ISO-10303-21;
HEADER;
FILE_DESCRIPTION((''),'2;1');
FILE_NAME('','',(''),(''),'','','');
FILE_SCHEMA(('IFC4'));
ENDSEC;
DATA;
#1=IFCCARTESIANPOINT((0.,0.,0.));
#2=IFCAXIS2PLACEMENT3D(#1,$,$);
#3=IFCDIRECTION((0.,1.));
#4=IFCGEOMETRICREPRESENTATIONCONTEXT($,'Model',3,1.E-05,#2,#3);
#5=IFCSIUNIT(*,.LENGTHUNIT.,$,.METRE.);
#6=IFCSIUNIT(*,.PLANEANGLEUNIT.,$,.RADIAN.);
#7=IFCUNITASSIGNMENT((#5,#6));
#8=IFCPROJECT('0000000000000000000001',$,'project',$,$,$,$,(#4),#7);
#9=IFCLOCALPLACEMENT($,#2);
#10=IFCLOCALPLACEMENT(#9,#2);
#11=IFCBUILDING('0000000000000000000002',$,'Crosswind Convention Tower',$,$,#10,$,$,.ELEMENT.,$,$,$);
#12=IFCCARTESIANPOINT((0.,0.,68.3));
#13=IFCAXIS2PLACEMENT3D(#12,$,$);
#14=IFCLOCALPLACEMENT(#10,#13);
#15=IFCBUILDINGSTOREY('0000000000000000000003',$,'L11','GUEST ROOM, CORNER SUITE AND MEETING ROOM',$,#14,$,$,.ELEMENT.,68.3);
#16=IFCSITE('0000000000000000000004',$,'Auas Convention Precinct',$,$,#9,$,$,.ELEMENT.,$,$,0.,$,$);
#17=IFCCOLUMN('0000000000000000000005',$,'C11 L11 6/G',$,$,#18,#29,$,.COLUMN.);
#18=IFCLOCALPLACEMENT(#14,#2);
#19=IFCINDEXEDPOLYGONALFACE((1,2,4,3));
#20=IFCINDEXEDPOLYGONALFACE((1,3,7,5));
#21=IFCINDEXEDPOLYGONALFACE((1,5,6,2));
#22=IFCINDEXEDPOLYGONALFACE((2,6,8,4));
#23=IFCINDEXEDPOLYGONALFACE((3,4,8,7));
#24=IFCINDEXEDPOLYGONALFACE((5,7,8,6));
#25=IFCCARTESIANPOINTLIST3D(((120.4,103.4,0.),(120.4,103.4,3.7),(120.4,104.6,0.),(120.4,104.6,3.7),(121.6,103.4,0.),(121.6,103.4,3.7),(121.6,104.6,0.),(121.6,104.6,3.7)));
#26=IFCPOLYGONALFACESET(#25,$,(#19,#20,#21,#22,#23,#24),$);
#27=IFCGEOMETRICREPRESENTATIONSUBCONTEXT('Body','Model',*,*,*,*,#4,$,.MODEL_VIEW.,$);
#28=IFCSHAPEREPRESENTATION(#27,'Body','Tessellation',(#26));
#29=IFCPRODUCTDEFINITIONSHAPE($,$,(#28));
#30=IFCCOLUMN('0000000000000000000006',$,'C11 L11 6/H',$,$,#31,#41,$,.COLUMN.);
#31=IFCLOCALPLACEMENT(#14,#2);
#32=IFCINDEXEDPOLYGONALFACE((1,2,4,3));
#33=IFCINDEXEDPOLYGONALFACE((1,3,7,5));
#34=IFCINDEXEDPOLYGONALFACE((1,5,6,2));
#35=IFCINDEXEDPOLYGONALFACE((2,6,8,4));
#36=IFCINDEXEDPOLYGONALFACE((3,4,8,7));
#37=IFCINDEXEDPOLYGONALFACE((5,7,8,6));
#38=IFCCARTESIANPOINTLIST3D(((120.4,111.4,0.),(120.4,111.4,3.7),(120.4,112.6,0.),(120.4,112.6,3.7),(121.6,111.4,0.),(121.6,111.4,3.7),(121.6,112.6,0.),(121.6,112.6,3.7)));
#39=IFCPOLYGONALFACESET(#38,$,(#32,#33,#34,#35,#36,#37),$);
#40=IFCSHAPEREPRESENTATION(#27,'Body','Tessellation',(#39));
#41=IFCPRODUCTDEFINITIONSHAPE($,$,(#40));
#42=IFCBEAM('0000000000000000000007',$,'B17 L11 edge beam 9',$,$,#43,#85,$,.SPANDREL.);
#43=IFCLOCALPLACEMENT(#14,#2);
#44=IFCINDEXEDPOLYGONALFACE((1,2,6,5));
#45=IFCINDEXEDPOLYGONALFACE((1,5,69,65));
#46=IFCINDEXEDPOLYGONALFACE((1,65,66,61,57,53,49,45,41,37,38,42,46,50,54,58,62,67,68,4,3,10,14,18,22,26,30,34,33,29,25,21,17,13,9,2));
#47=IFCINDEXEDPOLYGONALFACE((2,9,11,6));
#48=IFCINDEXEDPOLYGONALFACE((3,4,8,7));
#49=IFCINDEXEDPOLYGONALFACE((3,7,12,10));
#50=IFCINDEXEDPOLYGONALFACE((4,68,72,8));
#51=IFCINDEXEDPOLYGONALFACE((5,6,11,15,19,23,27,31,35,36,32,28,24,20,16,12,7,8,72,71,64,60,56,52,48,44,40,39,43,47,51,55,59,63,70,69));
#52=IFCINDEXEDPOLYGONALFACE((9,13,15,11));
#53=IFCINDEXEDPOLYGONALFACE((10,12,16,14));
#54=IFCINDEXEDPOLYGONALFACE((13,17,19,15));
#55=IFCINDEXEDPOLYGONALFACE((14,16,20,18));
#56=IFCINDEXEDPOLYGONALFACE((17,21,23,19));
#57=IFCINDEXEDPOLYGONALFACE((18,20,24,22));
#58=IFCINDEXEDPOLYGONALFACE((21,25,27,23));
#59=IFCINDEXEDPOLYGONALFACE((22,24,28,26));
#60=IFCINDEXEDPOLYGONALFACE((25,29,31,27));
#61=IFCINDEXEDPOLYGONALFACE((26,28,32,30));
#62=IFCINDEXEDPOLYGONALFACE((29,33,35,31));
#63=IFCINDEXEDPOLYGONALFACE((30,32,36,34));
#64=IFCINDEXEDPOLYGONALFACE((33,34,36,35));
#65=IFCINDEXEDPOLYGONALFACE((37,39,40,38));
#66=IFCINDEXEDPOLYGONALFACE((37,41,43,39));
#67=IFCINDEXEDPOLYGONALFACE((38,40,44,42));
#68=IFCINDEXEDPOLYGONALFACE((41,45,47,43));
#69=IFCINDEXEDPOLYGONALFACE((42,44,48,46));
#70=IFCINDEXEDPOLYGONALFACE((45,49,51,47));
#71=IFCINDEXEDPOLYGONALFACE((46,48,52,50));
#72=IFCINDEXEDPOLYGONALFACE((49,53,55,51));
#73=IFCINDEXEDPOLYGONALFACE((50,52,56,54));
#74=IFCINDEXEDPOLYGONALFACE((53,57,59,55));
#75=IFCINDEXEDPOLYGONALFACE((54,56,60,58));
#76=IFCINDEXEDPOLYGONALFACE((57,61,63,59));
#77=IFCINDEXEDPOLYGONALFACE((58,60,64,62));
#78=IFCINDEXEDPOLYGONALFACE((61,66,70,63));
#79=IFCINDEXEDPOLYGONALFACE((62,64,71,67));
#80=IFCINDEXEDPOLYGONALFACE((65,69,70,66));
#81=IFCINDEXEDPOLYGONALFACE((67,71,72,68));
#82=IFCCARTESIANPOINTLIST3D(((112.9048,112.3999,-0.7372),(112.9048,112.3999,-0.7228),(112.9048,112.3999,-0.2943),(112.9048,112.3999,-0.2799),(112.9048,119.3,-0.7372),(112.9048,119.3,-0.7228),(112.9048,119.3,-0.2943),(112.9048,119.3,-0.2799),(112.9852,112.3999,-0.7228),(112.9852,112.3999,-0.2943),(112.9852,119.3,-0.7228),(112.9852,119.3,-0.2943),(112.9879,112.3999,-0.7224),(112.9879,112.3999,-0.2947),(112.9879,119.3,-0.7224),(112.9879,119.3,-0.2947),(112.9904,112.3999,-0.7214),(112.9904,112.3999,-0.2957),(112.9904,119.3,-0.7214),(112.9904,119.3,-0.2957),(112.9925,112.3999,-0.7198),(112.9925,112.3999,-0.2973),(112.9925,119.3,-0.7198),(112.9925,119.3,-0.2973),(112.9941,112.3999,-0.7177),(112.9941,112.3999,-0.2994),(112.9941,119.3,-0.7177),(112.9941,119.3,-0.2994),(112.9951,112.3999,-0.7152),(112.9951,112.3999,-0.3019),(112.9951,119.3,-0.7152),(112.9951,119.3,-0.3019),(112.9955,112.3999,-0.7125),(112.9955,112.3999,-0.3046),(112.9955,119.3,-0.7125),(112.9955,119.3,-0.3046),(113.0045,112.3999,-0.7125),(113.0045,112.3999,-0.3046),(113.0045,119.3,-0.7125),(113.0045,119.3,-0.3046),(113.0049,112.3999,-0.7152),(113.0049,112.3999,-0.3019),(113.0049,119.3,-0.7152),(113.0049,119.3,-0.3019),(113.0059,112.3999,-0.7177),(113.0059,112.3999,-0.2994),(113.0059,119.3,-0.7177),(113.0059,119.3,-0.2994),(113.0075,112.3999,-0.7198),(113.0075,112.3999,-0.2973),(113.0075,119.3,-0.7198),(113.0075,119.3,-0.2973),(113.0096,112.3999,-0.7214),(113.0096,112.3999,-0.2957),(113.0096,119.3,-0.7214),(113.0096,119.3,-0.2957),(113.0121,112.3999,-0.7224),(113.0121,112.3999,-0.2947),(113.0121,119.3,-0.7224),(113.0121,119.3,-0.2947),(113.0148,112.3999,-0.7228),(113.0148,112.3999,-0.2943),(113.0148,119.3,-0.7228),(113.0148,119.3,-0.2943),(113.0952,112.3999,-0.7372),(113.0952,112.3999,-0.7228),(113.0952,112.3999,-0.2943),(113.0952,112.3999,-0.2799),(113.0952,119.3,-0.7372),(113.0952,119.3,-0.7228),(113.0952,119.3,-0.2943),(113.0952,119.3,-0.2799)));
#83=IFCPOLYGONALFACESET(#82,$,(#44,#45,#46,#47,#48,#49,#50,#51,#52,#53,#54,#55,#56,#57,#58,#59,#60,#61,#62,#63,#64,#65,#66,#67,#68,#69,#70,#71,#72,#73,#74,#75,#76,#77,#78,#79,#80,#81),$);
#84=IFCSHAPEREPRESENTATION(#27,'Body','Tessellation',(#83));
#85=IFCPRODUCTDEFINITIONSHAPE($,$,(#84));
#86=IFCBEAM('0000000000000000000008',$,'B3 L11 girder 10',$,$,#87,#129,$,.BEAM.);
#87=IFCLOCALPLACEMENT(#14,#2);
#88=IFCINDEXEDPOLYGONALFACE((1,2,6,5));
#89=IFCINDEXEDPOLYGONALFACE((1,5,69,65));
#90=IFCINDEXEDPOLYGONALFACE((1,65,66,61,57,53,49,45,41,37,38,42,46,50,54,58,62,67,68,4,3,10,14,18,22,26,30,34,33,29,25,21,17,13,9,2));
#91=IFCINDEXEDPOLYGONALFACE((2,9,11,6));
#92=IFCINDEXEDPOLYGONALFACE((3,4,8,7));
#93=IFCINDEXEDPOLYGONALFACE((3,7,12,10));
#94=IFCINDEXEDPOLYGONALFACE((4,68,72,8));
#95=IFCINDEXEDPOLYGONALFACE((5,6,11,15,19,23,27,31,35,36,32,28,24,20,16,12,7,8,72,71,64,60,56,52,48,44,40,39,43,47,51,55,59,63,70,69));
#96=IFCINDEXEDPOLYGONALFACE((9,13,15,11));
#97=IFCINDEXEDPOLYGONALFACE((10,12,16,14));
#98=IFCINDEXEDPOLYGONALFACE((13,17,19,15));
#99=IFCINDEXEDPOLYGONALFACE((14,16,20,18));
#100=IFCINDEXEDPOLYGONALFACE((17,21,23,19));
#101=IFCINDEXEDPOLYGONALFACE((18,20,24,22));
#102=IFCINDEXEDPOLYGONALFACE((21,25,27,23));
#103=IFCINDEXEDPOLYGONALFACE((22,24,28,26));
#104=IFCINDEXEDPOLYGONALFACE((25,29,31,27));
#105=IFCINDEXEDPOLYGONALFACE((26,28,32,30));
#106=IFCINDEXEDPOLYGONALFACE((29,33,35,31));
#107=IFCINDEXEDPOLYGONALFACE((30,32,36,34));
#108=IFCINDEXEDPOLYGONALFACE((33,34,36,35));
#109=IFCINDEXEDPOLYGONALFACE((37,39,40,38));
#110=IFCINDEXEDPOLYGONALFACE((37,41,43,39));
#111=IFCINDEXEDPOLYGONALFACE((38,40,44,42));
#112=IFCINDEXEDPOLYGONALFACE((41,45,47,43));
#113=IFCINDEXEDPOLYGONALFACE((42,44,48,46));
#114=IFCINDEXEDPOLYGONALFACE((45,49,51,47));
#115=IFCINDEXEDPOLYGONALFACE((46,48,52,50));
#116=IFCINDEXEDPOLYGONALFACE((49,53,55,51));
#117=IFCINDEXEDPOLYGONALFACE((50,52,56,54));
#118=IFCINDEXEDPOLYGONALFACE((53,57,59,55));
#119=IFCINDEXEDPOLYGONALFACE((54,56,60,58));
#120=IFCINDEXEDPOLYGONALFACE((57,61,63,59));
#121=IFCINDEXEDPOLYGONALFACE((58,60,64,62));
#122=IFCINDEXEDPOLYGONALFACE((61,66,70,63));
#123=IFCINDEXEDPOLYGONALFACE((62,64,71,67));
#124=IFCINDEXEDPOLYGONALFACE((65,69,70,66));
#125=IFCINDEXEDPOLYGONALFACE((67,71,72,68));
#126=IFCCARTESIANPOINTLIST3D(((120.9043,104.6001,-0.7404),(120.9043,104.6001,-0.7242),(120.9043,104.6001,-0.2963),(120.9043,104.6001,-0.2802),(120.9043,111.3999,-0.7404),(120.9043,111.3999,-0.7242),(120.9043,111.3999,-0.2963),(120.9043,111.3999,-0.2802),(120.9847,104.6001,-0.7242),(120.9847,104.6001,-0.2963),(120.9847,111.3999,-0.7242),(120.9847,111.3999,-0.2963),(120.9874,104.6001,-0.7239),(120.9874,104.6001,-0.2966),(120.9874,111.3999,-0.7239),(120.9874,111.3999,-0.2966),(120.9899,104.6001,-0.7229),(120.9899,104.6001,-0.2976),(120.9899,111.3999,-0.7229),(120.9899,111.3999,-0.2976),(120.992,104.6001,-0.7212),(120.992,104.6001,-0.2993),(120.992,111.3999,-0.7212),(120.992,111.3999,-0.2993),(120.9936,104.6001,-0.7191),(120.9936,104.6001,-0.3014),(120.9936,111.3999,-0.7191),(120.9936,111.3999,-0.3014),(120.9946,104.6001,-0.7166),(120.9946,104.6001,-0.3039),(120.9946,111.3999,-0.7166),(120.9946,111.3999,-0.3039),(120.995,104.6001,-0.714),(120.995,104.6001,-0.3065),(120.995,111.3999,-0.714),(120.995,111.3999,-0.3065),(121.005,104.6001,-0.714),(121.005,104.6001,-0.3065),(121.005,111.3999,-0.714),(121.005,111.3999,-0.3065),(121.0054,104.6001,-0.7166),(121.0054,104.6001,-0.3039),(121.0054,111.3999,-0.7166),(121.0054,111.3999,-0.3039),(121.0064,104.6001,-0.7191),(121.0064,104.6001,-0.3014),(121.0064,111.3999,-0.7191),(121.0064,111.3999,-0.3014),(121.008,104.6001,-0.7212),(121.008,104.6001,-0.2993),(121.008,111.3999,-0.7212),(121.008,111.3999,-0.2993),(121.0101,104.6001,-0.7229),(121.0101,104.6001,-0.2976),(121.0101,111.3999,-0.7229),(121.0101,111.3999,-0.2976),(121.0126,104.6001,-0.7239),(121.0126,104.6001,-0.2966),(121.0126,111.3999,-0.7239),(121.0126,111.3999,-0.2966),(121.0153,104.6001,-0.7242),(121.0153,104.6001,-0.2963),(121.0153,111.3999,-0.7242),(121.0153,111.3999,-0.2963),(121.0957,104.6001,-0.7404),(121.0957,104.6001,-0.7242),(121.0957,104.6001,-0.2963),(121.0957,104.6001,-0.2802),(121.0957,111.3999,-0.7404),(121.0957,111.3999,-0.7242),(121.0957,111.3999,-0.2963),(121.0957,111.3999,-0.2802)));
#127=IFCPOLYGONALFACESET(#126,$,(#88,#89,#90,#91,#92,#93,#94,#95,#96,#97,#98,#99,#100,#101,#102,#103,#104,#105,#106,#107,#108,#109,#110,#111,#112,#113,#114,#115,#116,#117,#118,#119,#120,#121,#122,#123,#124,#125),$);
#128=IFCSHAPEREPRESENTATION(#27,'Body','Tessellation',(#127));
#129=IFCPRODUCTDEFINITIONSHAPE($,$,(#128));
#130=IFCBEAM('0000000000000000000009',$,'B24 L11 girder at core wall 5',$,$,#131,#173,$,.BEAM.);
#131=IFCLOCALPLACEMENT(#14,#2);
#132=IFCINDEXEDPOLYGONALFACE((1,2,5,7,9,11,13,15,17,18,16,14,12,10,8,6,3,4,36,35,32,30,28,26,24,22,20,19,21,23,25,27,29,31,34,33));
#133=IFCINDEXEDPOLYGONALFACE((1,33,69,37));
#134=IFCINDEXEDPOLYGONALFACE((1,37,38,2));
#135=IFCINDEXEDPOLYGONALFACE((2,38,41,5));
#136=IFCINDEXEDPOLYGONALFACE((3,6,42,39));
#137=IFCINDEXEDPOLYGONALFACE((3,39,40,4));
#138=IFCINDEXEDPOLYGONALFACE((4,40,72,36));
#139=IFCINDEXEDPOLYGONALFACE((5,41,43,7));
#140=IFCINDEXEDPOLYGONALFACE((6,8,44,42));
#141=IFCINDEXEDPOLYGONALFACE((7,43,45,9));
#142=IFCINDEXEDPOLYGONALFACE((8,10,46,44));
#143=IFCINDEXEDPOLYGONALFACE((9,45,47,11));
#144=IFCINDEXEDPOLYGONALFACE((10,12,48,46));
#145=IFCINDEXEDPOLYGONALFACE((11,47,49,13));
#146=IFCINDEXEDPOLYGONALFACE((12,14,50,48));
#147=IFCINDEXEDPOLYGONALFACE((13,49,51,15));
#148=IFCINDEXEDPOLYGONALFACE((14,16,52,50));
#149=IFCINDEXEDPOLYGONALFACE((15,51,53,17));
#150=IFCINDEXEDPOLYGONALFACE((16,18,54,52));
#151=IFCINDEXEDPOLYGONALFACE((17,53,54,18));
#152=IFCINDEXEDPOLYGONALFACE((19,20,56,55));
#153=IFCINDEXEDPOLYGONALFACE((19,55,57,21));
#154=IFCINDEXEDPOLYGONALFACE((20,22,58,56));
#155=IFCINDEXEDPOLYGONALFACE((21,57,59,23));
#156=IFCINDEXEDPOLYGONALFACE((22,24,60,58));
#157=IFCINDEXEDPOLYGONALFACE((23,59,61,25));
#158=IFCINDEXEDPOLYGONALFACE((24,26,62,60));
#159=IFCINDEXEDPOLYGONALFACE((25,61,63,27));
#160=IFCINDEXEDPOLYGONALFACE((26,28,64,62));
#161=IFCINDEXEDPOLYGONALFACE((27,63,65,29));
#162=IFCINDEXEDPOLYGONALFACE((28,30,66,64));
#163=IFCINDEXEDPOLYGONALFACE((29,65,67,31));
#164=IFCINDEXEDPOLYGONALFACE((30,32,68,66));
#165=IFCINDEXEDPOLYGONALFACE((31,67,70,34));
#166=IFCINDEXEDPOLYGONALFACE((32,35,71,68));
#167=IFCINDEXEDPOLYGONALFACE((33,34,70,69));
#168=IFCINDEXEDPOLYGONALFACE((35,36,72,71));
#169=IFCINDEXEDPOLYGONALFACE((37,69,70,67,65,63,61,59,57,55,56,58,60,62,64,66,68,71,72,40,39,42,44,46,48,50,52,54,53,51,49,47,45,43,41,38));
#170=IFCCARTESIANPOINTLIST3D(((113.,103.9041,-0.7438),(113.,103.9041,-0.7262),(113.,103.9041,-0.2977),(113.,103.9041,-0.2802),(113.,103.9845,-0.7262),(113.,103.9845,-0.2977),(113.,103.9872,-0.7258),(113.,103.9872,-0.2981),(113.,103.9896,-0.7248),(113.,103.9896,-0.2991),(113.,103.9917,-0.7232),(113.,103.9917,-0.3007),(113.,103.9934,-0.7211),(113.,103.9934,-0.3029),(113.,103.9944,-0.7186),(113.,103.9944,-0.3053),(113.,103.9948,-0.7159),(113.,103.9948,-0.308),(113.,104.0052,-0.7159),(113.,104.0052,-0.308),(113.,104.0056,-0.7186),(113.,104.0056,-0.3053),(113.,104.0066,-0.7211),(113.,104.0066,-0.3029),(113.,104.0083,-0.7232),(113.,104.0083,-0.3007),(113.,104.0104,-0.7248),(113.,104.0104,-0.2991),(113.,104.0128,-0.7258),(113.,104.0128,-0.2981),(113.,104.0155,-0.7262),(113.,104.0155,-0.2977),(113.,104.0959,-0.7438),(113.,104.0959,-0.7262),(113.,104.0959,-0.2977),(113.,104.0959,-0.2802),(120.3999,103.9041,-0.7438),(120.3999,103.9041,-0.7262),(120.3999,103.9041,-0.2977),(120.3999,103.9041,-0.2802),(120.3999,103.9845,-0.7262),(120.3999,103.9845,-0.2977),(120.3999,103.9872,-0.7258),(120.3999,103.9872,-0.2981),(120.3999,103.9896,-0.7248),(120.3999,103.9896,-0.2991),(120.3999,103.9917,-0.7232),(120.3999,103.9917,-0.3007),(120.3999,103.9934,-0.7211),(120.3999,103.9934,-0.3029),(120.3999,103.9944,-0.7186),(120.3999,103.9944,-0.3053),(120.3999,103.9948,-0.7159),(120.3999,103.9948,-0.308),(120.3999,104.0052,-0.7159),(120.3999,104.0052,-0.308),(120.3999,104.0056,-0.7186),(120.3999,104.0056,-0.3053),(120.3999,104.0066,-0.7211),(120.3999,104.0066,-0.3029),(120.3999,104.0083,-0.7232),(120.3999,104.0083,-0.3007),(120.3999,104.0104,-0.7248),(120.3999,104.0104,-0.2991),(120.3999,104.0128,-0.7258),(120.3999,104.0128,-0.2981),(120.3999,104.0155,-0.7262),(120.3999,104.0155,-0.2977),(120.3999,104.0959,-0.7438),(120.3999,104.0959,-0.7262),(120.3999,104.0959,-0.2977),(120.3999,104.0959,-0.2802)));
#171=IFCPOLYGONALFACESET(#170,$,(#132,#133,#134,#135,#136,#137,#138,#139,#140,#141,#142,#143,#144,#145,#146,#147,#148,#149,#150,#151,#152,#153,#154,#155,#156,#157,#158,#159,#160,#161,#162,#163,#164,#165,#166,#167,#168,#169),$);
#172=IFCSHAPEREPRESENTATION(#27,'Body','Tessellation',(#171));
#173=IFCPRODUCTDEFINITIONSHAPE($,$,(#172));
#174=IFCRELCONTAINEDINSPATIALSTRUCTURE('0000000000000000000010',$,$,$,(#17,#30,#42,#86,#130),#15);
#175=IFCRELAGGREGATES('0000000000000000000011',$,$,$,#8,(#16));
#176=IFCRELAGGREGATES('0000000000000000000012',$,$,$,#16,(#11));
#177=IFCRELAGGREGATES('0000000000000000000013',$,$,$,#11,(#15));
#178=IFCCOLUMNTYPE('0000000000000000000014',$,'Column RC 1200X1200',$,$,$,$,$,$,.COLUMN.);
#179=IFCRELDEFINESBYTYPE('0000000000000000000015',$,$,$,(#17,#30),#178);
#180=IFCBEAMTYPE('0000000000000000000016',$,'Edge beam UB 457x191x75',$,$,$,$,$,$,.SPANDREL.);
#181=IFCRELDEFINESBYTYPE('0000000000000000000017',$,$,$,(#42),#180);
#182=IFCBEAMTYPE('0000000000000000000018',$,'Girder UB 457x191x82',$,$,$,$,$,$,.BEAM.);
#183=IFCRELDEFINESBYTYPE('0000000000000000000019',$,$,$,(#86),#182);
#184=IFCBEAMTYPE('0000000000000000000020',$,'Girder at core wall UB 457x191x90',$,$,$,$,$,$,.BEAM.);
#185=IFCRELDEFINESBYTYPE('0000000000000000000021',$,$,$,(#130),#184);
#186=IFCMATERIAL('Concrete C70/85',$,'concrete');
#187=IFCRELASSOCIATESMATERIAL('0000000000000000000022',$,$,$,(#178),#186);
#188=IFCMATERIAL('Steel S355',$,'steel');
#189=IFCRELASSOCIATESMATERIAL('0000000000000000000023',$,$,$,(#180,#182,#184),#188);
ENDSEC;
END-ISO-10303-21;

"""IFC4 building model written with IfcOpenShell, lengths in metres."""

from ifc_helpers import new_model, si_unit, direction, frame, origin, origin_2d, place, context, subcontext, project, spatial, rectangle, i_section, extrude, material, material_profile, profile_set, type_object, element, save


model = new_model("IFC4")

# Units and contexts
model_context = context("Model", 3, precision=1e-05, world=origin(), true_north=direction((0.0, 1.0)))
body_context = subcontext(model_context, "Body", "Model", "MODEL_VIEW")
ifc_project = project(units=[si_unit("LENGTHUNIT", "METRE"), si_unit("PLANEANGLEUNIT", "RADIAN")], contexts=[model_context])

# Site, building, storey
site_placement = place(None, origin())
site = spatial("IfcSite", under=ifc_project, at=site_placement, Name="Auas Convention Precinct", CompositionType="ELEMENT", RefElevation=0.0)
building_placement = place(site_placement, origin())
building = spatial("IfcBuilding", under=site, at=building_placement, Name="Crosswind Convention Tower", CompositionType="ELEMENT")
storey_placement = place(building_placement, frame((0.0, 0.0, 68.3)))
storey = spatial("IfcBuildingStorey", under=building, at=storey_placement, Name="L11", Description="GUEST ROOM, CORNER SUITE AND MEETING ROOM", CompositionType="ELEMENT", Elevation=68.3)

# Columns
ifc_material_1 = material(Name="Concrete C70/85", Category="concrete")
ifc_material_profile_1 = material_profile(ifc_material_1, rectangle(XDim=1.2, YDim=1.2, at=origin_2d()), Name="RC 1200X1200")
ifc_profile_set_1 = profile_set([ifc_material_profile_1], Name="Concrete C70/85")
column_type = type_object("IfcColumnType", Name="Column RC 1200X1200", PredefinedType="COLUMN", material=ifc_profile_set_1)
for number, where, z_axis, x_axis, name in (
    (1, (121.0, 104.0, 0.0), (0.0, 0.0, 1.0), (1.0, 0.0, 0.0), "C11 L11 6/G"),
    (2, (121.0, 112.0, 0.0), (0.0, 0.0, 1.0), (1.0, 0.0, 0.0), "C11 L11 6/H"),
):
    element("IfcColumn", number, at=place(storey_placement, frame(where, z_axis=z_axis, x_axis=x_axis)), inside=storey, type_object=column_type, Name=name, PredefinedType="COLUMN", context=body_context, shape_type="SweptSolid", body=[
        extrude(rectangle(XDim=1.2, YDim=1.2, at=origin_2d()), origin(), (0.0, 0.0, 1.0), 3.7),
    ])

# Beams
ifc_material_2 = material(Name="Steel S355", Category="steel")
ifc_material_profile_2 = material_profile(ifc_material_2, i_section(OverallWidth=0.1904, OverallDepth=0.4573, WebThickness=0.009, FlangeThickness=0.0144, FilletRadius=0.0103, at=origin_2d()), Name="UB 457x191x75")
ifc_profile_set_2 = profile_set([ifc_material_profile_2], Name="Steel S355")
beam_type_1 = type_object("IfcBeamType", Name="Edge beam UB 457x191x75", PredefinedType="SPANDREL", material=ifc_profile_set_2)
beam_1_placement = place(storey_placement, frame((113.0, 112.3999, -0.5085), z_axis=(0.0, 1.0, 0.0), x_axis=(-1.0, 0.0, 0.0)))
element("IfcBeam", 3, at=beam_1_placement, inside=storey, type_object=beam_type_1, Name="B17 L11 edge beam 9", PredefinedType="SPANDREL", context=body_context, shape_type="SweptSolid", body=[
    extrude(i_section(OverallWidth=0.1904, OverallDepth=0.4573, WebThickness=0.009, FlangeThickness=0.0144, FilletRadius=0.0103, at=origin_2d()), origin(), (0.0, 0.0, 1.0), 6.9001),
])
ifc_material_profile_3 = material_profile(ifc_material_2, i_section(OverallWidth=0.1914, OverallDepth=0.4602, WebThickness=0.01, FlangeThickness=0.0161, FilletRadius=0.0103, at=origin_2d()), Name="UB 457x191x82")
ifc_profile_set_3 = profile_set([ifc_material_profile_3], Name="Steel S355")
beam_type_2 = type_object("IfcBeamType", Name="Girder UB 457x191x82", PredefinedType="BEAM", material=ifc_profile_set_3)
beam_2_placement = place(storey_placement, frame((121.0, 104.6001, -0.5103), z_axis=(0.0, 1.0, 0.0), x_axis=(-1.0, 0.0, 0.0)))
element("IfcBeam", 4, at=beam_2_placement, inside=storey, type_object=beam_type_2, Name="B3 L11 girder 10", PredefinedType="BEAM", context=body_context, shape_type="SweptSolid", body=[
    extrude(i_section(OverallWidth=0.1914, OverallDepth=0.4602, WebThickness=0.01, FlangeThickness=0.0161, FilletRadius=0.0103, at=origin_2d()), origin(), (0.0, 0.0, 1.0), 6.7998),
])
ifc_material_profile_4 = material_profile(ifc_material_2, i_section(OverallWidth=0.1919, OverallDepth=0.4636, WebThickness=0.0105, FlangeThickness=0.0176, FilletRadius=0.0103, at=origin_2d()), Name="UB 457x191x90")
ifc_profile_set_4 = profile_set([ifc_material_profile_4], Name="Steel S355")
beam_type_3 = type_object("IfcBeamType", Name="Girder at core wall UB 457x191x90", PredefinedType="BEAM", material=ifc_profile_set_4)
for number, where, z_axis, x_axis, name in (
    (5, (113.0, 104.0, -0.512), (1.0, 0.0, 0.0), (0.0, 1.0, 0.0), "B24 L11 girder at core wall 5"),
):
    element("IfcBeam", number, at=place(storey_placement, frame(where, z_axis=z_axis, x_axis=x_axis)), inside=storey, type_object=beam_type_3, Name=name, PredefinedType="BEAM", context=body_context, shape_type="SweptSolid", body=[
        extrude(i_section(OverallWidth=0.1919, OverallDepth=0.4636, WebThickness=0.0105, FlangeThickness=0.0176, FilletRadius=0.0103, at=origin_2d()), origin(), (0.0, 0.0, 1.0), 7.3999),
    ])

save(model, "model.ifc")
